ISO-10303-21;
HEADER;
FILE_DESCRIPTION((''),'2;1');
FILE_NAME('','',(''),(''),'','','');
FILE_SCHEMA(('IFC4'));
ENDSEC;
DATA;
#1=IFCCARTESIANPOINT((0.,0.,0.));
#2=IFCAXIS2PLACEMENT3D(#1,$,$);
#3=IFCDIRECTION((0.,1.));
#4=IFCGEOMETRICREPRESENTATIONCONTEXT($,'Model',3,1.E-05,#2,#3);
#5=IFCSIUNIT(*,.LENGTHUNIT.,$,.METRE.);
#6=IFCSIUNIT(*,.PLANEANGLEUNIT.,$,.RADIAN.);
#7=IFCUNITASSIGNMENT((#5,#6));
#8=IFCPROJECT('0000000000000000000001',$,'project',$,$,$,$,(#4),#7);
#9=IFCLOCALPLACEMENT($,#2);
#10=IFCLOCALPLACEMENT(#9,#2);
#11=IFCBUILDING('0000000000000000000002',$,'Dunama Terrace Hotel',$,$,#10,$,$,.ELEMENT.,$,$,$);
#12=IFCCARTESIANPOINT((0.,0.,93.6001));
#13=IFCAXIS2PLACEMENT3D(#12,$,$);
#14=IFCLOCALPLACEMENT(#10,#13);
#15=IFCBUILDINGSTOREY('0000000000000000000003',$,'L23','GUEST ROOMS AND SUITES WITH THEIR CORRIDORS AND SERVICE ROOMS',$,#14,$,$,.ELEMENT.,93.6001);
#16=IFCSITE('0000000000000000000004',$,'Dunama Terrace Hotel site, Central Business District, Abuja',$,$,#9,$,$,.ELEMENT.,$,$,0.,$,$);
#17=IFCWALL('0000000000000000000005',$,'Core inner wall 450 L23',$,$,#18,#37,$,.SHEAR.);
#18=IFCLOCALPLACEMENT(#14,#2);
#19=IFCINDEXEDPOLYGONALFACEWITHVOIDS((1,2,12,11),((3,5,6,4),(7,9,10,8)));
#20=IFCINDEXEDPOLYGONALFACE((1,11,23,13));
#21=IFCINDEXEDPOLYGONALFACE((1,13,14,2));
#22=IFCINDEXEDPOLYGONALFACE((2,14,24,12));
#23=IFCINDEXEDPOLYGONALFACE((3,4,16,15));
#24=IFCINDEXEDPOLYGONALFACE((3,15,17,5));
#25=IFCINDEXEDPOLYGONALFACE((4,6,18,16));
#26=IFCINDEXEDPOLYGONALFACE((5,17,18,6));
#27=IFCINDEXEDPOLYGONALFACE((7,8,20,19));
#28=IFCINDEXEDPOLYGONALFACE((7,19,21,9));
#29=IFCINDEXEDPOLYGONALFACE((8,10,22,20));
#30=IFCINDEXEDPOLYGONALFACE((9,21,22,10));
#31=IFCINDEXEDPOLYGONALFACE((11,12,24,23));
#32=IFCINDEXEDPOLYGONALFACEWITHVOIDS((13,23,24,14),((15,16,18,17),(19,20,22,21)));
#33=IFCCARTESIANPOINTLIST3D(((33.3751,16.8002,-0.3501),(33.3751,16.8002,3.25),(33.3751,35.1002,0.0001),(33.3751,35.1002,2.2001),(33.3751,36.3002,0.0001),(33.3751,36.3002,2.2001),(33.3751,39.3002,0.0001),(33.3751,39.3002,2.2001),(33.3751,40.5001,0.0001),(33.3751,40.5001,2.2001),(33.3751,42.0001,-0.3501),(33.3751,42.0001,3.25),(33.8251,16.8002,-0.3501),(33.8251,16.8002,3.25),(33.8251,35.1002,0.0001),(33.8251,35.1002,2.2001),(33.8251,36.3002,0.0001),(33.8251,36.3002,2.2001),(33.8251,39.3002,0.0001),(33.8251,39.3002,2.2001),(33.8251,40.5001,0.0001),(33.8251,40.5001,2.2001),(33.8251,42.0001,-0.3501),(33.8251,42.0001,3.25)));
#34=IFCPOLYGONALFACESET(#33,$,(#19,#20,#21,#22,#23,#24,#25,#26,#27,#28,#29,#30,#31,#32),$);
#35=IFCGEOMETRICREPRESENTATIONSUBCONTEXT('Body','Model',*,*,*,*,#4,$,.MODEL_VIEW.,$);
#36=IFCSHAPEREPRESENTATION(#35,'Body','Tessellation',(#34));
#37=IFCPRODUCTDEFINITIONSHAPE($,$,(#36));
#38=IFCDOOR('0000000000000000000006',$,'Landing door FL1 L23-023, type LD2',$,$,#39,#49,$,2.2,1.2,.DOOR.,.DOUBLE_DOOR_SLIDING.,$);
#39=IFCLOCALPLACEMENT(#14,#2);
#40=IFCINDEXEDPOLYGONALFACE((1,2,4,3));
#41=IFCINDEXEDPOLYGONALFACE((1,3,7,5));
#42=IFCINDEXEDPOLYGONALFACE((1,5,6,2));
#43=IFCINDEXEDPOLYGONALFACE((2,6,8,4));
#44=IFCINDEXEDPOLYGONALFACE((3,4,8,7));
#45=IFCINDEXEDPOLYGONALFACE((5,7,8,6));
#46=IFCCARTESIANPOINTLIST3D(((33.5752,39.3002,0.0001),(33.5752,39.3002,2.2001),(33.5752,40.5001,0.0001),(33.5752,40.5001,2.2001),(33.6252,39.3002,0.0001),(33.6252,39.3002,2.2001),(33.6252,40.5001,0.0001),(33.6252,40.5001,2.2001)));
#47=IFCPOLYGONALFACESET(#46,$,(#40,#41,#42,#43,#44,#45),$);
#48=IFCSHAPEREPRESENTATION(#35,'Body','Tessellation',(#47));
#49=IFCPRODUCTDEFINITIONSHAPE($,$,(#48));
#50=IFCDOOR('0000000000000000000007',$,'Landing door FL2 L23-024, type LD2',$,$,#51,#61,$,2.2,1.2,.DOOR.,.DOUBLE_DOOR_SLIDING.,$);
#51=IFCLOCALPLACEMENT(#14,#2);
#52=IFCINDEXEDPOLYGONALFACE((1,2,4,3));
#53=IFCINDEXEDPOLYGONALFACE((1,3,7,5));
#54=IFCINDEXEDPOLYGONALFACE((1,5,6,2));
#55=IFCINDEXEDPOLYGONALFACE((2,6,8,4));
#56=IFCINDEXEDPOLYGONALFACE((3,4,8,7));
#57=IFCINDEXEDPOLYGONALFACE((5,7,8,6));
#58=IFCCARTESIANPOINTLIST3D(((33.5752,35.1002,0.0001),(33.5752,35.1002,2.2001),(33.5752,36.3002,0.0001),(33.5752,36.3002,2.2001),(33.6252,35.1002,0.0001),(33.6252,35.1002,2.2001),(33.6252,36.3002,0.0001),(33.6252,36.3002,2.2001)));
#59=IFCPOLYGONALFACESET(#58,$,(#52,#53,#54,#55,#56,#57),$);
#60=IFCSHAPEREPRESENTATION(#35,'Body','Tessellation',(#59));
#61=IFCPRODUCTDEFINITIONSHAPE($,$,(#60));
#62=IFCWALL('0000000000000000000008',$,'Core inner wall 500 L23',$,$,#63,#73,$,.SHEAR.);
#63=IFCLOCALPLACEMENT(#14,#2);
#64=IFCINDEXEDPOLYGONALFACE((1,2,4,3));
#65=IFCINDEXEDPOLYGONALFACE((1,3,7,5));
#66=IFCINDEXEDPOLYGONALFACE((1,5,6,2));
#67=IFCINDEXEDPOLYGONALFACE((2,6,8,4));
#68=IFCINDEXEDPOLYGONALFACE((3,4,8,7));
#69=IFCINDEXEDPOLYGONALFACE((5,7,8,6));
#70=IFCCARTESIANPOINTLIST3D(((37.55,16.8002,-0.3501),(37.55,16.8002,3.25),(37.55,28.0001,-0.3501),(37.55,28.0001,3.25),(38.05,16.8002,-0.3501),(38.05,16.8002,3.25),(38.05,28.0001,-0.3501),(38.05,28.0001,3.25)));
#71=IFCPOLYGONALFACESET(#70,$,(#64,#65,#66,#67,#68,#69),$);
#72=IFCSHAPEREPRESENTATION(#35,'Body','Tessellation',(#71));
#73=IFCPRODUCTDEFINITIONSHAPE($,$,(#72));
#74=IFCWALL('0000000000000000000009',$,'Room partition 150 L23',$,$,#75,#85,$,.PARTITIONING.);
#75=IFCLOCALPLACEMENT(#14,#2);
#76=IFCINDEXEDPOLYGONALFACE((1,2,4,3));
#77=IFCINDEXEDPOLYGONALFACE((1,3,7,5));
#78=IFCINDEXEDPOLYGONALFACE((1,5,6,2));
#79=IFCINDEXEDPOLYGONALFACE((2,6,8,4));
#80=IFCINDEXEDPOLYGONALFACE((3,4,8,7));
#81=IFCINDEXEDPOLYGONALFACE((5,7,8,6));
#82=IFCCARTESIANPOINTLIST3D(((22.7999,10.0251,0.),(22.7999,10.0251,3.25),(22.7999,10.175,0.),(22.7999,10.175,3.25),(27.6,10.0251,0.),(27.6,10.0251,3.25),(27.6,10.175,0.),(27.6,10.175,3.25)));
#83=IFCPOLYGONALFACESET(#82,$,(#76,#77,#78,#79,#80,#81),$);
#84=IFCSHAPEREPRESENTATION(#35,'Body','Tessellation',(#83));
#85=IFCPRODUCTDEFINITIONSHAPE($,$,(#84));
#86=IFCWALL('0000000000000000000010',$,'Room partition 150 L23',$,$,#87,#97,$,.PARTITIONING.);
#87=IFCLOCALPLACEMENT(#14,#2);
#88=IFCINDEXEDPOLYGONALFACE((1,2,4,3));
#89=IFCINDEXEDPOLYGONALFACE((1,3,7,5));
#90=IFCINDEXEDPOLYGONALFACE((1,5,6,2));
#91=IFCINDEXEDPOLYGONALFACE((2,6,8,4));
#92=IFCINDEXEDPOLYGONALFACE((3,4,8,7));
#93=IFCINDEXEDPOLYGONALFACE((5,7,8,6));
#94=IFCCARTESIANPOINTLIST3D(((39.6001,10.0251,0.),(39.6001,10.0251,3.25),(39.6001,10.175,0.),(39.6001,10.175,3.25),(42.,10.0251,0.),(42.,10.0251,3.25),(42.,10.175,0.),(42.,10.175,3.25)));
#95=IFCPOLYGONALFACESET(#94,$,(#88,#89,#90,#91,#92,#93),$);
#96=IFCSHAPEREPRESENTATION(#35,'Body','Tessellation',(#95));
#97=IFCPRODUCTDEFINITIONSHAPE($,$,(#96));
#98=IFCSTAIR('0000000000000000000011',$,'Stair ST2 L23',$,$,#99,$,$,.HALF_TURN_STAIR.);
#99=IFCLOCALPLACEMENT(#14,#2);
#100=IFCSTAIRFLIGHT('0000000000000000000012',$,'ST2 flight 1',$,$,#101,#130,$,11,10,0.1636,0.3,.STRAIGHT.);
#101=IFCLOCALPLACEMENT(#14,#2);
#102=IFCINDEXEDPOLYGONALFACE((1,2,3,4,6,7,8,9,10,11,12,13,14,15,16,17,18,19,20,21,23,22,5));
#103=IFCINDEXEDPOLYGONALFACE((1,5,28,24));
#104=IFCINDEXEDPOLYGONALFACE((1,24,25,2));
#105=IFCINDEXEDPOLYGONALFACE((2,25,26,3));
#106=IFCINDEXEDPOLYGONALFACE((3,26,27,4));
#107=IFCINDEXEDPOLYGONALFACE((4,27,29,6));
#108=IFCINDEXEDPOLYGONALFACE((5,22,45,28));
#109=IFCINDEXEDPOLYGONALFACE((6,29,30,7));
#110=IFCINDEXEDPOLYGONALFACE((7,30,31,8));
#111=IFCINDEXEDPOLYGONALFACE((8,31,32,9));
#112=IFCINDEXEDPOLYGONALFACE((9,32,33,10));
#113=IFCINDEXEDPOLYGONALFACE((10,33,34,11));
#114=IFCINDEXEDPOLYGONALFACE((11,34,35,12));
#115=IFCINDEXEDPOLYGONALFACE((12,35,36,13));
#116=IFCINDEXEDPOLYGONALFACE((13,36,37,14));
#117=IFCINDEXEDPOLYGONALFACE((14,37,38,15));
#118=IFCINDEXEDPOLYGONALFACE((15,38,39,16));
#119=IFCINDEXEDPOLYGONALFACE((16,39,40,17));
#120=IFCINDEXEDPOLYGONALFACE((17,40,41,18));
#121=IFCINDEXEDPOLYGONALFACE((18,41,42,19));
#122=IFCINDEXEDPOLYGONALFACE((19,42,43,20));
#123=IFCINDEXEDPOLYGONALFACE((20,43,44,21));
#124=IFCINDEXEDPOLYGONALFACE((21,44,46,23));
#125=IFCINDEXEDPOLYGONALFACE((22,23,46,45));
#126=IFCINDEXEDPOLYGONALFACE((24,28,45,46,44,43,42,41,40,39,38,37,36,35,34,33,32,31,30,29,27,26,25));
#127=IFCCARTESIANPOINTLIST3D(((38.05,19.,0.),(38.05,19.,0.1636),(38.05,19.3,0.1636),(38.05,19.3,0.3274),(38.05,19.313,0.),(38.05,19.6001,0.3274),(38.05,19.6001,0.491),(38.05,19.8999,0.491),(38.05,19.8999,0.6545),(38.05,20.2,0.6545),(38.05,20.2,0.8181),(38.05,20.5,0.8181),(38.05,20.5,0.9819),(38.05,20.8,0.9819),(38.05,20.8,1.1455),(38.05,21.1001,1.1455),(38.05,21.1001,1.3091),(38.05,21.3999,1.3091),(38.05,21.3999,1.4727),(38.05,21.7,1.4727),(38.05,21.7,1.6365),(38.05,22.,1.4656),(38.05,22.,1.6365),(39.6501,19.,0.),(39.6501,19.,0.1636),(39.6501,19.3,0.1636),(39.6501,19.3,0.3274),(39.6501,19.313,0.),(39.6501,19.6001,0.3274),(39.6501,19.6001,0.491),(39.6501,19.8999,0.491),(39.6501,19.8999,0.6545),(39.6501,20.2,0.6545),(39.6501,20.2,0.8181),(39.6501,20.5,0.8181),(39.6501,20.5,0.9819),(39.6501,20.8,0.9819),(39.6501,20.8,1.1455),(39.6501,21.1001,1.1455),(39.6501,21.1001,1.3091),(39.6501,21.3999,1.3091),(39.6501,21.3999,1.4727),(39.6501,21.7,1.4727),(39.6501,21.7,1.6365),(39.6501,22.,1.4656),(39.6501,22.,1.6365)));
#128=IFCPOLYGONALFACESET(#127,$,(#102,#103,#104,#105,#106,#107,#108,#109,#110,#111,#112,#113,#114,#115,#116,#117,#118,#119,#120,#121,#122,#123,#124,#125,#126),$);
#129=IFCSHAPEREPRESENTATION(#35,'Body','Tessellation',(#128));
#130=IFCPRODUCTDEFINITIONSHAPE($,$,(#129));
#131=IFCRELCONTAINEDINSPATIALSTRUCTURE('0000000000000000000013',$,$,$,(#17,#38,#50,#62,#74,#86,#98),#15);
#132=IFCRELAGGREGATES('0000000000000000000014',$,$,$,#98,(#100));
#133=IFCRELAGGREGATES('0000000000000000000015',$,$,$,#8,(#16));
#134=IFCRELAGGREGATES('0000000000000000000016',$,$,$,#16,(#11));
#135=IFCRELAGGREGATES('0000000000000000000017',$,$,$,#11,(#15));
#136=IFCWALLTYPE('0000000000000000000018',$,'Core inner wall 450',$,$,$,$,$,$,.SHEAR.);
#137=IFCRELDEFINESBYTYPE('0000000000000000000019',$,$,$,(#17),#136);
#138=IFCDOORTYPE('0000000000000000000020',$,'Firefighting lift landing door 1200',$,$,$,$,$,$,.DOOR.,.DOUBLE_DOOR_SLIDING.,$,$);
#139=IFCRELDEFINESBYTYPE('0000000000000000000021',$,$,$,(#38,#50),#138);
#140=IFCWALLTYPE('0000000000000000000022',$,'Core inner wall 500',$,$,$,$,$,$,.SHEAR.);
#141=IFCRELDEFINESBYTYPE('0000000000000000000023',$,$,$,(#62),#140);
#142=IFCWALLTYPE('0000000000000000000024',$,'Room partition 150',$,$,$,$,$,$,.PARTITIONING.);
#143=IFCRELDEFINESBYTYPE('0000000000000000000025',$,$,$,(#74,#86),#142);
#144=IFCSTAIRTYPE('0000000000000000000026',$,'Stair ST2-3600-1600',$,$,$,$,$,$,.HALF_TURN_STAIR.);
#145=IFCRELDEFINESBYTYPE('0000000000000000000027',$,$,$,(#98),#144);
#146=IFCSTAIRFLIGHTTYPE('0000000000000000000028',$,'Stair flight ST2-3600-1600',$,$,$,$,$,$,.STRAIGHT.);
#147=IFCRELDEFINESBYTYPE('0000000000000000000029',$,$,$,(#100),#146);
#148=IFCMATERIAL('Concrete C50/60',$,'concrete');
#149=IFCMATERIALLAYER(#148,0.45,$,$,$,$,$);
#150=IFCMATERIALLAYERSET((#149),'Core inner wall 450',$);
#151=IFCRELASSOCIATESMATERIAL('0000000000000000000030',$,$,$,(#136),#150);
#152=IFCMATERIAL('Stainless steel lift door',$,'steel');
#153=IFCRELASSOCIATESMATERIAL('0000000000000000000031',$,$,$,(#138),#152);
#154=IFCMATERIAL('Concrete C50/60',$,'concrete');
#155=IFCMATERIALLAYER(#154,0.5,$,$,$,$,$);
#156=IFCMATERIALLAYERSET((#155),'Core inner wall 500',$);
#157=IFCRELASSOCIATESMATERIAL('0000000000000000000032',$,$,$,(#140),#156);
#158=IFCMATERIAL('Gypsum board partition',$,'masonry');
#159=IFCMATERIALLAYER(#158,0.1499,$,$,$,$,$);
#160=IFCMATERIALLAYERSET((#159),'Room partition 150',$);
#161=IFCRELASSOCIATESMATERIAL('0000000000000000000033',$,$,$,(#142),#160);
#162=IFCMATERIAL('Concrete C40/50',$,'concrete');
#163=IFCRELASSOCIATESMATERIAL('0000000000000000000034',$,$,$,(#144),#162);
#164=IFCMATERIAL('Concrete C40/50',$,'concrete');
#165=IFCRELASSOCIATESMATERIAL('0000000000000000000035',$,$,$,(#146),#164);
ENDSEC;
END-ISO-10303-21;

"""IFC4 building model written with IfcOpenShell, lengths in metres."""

from ifc_helpers import new_model, si_unit, direction, frame, frame_2d, origin, place, context, subcontext, project, spatial, polyline, rectangle, outline, extrude, material, layer, layer_set, type_object, element, fill, aggregate, save


model = new_model("IFC4")

# Units and contexts
model_context = context("Model", 3, precision=1e-05, world=origin(), true_north=direction((0.0, 1.0)))
body_context = subcontext(model_context, "Body", "Model", "MODEL_VIEW")
ifc_project = project(units=[si_unit("LENGTHUNIT", "METRE"), si_unit("PLANEANGLEUNIT", "RADIAN")], contexts=[model_context])

# Site, building, storey
site_placement = place(None, origin())
site = spatial("IfcSite", under=ifc_project, at=site_placement, Name="Dunama Terrace Hotel site, Central Business District, Abuja", CompositionType="ELEMENT", RefElevation=0.0)
building_placement = place(site_placement, origin())
building = spatial("IfcBuilding", under=site, at=building_placement, Name="Dunama Terrace Hotel", CompositionType="ELEMENT")
storey_placement = place(building_placement, frame((0.0, 0.0, 93.6001)))
storey = spatial("IfcBuildingStorey", under=building, at=storey_placement, Name="L23", Description="GUEST ROOMS AND SUITES WITH THEIR CORRIDORS AND SERVICE ROOMS", CompositionType="ELEMENT", Elevation=93.6001)

# Shared definitions
ifc_material_1 = material(Name="Concrete C50/60", Category="concrete")
ifc_layer_1 = layer(ifc_material_1, 0.45)
ifc_layer_set_1 = layer_set([ifc_layer_1], Name="Core inner wall 450")
wall_type_1 = type_object("IfcWallType", Name="Core inner wall 450", PredefinedType="SHEAR", material=ifc_layer_set_1)

# Wall, openings, doors
wall_1_placement = place(storey_placement, frame((33.6001, 16.8, -0.3501), z_axis=(0.0, 0.0, 1.0), x_axis=(0.0, 1.0, 0.0)))
wall_1 = element("IfcWall", 1, at=wall_1_placement, inside=storey, type_object=wall_type_1, Name="Core inner wall 450 L23", PredefinedType="SHEAR", context=body_context, shape_type="SweptSolid", body=[
    extrude(rectangle(XDim=25.2, YDim=0.45, at=frame_2d((12.6001, 0.0))), origin(), (0.0, 0.0, 1.0), 3.6001),
])
opening_1_placement = place(wall_1_placement, frame((22.5, 0.0, 0.3501)))
opening_1 = element("IfcOpeningElement", 2, at=opening_1_placement, cuts=wall_1, PredefinedType="OPENING", context=body_context, shape_type="SweptSolid", body=[
    extrude(rectangle(XDim=1.2, YDim=2.2, at=frame_2d((0.6001, 1.1001))), frame((0.0, 0.2349, 0.0), z_axis=(0.0, -1.0, 0.0), x_axis=(1.0, 0.0, 0.0)), (0.0, 0.0, 1.0), 0.47),
])
opening_2_placement = place(wall_1_placement, frame((18.3, 0.0, 0.3501)))
opening_2 = element("IfcOpeningElement", 3, at=opening_2_placement, cuts=wall_1, PredefinedType="OPENING", context=body_context, shape_type="SweptSolid", body=[
    extrude(rectangle(XDim=1.2, YDim=2.2, at=frame_2d((0.6001, 1.1001))), frame((0.0, 0.2349, 0.0), z_axis=(0.0, -1.0, 0.0), x_axis=(1.0, 0.0, 0.0)), (0.0, 0.0, 1.0), 0.47),
])
ifc_material_2 = material(Name="Stainless steel lift door", Category="steel")
door_type_1 = type_object("IfcDoorType", Name="Firefighting lift landing door 1200", OperationType="DOUBLE_DOOR_SLIDING", PredefinedType="DOOR", material=ifc_material_2)
door_1_placement = place(opening_1_placement, origin())
door_1 = element("IfcDoor", 4, at=door_1_placement, inside=storey, type_object=door_type_1, Name="Landing door FL1 L23-023, type LD2", OperationType="DOUBLE_DOOR_SLIDING", OverallHeight=2.2, OverallWidth=1.2, PredefinedType="DOOR", context=body_context, shape_type="SweptSolid", body=[
    extrude(rectangle(XDim=1.2, YDim=2.2, at=frame_2d((0.6001, 1.1001))), frame((0.0, 0.0249, 0.0), z_axis=(0.0, -1.0, 0.0), x_axis=(1.0, 0.0, 0.0)), (0.0, 0.0, 1.0), 0.05),
])
fill(opening_1, door_1)
door_2_placement = place(opening_2_placement, origin())
door_2 = element("IfcDoor", 5, at=door_2_placement, inside=storey, type_object=door_type_1, Name="Landing door FL2 L23-024, type LD2", OperationType="DOUBLE_DOOR_SLIDING", OverallHeight=2.2, OverallWidth=1.2, PredefinedType="DOOR", context=body_context, shape_type="SweptSolid", body=[
    extrude(rectangle(XDim=1.2, YDim=2.2, at=frame_2d((0.6001, 1.1001))), frame((0.0, 0.0249, 0.0), z_axis=(0.0, -1.0, 0.0), x_axis=(1.0, 0.0, 0.0)), (0.0, 0.0, 1.0), 0.05),
])
fill(opening_2, door_2)

# Walls
ifc_material_3 = material(Name="Concrete C50/60", Category="concrete")
ifc_layer_2 = layer(ifc_material_3, 0.5)
ifc_layer_set_2 = layer_set([ifc_layer_2], Name="Core inner wall 500")
wall_type_2 = type_object("IfcWallType", Name="Core inner wall 500", PredefinedType="SHEAR", material=ifc_layer_set_2)
wall_2_placement = place(storey_placement, frame((37.8, 16.8, -0.3501), z_axis=(0.0, 0.0, 1.0), x_axis=(0.0, 1.0, 0.0)))
element("IfcWall", 6, at=wall_2_placement, inside=storey, type_object=wall_type_2, Name="Core inner wall 500 L23", PredefinedType="SHEAR", context=body_context, shape_type="SweptSolid", body=[
    extrude(rectangle(XDim=11.2, YDim=0.5, at=frame_2d((5.6001, 0.0))), origin(), (0.0, 0.0, 1.0), 3.6001),
])
ifc_material_4 = material(Name="Gypsum board partition", Category="masonry")
ifc_layer_3 = layer(ifc_material_4, 0.1499)
ifc_layer_set_3 = layer_set([ifc_layer_3], Name="Room partition 150")
wall_type_3 = type_object("IfcWallType", Name="Room partition 150", PredefinedType="PARTITIONING", material=ifc_layer_set_3)
wall_3_placement = place(storey_placement, frame((22.8, 10.1001, 0.0), z_axis=(0.0, 0.0, 1.0), x_axis=(1.0, 0.0, 0.0)))
element("IfcWall", 7, at=wall_3_placement, inside=storey, type_object=wall_type_3, Name="Room partition 150 L23", PredefinedType="PARTITIONING", context=body_context, shape_type="SweptSolid", body=[
    extrude(rectangle(XDim=4.8, YDim=0.1499, at=frame_2d((2.3999, 0.0))), origin(), (0.0, 0.0, 1.0), 3.25),
])
wall_4_placement = place(storey_placement, frame((39.6001, 10.1001, 0.0), z_axis=(0.0, 0.0, 1.0), x_axis=(1.0, 0.0, 0.0)))
element("IfcWall", 8, at=wall_4_placement, inside=storey, type_object=wall_type_3, Name="Room partition 150 L23", PredefinedType="PARTITIONING", context=body_context, shape_type="SweptSolid", body=[
    extrude(rectangle(XDim=2.3999, YDim=0.1499, at=frame_2d((1.2, 0.0))), origin(), (0.0, 0.0, 1.0), 3.25),
])

# Stair, stair flight
ifc_material_5 = material(Name="Concrete C40/50", Category="concrete")
stair_type = type_object("IfcStairType", Name="Stair ST2-3600-1600", PredefinedType="HALF_TURN_STAIR", material=ifc_material_5)
stair_placement = place(storey_placement, origin())
stair = element("IfcStair", 9, at=stair_placement, inside=storey, type_object=stair_type, Name="Stair ST2 L23", PredefinedType="HALF_TURN_STAIR")
ifc_material_6 = material(Name="Concrete C40/50", Category="concrete")
stair_flight_type = type_object("IfcStairFlightType", Name="Stair flight ST2-3600-1600", PredefinedType="STRAIGHT", material=ifc_material_6)
stair_flight_placement = place(storey_placement, frame((38.8501, 19.0, 0.0), z_axis=(0.0, 0.0, 1.0), x_axis=(0.0, 1.0, 0.0)))
stair_flight = element("IfcStairFlight", 10, at=stair_flight_placement, type_object=stair_flight_type, Name="ST2 flight 1", NumberOfRisers=11, NumberOfTreads=10, PredefinedType="STRAIGHT", RiserHeight=0.1636, TreadLength=0.3, context=body_context, shape_type="SweptSolid", body=[
    extrude(outline(polyline([(0.0, 0.0), (0.0, 0.1636), (0.3, 0.1636), (0.3, 0.3274), (0.6001, 0.3274), (0.6001, 0.491), (0.8999, 0.491), (0.8999, 0.6545), (1.2, 0.6545), (1.2, 0.8181), (1.5, 0.8181), (1.5, 0.9819), (1.8, 0.9819), (1.8, 1.1455), (2.1001, 1.1455), (2.1001, 1.3091), (2.3999, 1.3091), (2.3999, 1.4727), (2.7, 1.4727), (2.7, 1.6365), (3.0, 1.6365), (3.0, 1.8), (3.0, 1.4656), (0.313, 0.0), (0.0, 0.0)])), frame((0.0, 0.8, 0.0), z_axis=(0.0, -1.0, 0.0), x_axis=(1.0, 0.0, 0.0)), (0.0, 0.0, 1.0), 1.6001),
])
aggregate(stair, [stair_flight])

save(model, "model.ifc")
